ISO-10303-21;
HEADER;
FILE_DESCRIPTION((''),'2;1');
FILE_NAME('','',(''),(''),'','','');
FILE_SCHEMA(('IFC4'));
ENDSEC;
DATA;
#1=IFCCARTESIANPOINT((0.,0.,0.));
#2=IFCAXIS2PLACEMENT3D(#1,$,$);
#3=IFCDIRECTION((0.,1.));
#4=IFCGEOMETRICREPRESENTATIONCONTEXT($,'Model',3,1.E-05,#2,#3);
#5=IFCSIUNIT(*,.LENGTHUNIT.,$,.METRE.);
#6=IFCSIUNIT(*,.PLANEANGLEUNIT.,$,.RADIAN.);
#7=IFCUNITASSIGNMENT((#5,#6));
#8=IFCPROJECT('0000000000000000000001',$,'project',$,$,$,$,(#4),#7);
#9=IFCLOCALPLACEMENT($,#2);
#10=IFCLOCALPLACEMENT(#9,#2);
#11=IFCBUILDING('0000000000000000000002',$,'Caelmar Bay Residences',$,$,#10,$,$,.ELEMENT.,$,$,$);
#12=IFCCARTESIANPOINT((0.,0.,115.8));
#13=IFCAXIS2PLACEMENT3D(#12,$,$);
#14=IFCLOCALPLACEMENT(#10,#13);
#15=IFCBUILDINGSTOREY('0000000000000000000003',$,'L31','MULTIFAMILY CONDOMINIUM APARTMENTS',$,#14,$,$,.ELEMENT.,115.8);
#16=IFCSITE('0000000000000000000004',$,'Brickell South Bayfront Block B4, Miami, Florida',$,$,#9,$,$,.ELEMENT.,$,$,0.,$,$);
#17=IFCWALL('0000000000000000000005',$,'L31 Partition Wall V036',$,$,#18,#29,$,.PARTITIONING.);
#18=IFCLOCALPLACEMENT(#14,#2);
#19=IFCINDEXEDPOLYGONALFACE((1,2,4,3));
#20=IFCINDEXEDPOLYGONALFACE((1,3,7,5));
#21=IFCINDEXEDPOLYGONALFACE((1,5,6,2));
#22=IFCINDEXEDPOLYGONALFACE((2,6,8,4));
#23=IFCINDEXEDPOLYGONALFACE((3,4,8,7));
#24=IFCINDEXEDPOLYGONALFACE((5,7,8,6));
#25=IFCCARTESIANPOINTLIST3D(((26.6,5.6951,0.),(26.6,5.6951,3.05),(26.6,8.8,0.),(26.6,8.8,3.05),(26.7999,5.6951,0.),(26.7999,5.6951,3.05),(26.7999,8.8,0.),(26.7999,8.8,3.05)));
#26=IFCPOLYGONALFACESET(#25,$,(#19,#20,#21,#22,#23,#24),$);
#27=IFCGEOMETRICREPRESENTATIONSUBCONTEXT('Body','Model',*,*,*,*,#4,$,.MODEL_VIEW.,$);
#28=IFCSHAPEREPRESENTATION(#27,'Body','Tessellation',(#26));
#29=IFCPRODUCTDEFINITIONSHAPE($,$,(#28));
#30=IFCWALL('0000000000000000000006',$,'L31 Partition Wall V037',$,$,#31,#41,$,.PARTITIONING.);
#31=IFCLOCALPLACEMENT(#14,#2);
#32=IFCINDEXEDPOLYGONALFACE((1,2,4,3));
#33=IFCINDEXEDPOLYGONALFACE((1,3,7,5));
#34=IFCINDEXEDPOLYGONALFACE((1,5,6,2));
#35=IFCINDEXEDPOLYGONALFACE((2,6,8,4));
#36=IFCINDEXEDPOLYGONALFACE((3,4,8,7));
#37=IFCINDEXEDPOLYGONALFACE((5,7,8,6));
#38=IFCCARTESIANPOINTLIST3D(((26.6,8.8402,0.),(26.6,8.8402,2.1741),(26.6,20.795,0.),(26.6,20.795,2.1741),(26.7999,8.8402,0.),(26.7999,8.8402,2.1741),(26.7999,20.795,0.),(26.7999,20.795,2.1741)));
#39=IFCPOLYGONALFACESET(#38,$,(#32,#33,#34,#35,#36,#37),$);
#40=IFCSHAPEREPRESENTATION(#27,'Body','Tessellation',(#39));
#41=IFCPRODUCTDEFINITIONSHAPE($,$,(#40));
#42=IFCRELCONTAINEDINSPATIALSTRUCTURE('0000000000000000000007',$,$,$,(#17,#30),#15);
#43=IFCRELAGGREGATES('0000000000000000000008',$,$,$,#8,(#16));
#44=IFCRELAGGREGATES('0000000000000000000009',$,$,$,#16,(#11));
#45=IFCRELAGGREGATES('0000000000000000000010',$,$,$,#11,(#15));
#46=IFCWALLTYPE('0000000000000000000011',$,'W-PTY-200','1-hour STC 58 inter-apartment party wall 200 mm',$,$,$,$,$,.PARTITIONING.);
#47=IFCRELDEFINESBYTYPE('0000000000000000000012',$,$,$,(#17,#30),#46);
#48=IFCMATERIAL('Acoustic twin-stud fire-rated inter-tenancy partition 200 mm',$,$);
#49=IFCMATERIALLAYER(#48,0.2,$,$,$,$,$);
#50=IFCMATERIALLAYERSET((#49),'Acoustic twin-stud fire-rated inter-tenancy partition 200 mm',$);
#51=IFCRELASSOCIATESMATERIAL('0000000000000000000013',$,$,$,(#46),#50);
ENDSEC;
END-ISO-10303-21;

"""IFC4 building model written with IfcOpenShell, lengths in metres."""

from ifc_helpers import new_model, si_unit, direction, frame, frame_2d, origin, place, context, subcontext, project, spatial, rectangle, extrude, material, layer, layer_set, type_object, element, save


model = new_model("IFC4")

# Units and contexts
model_context = context("Model", 3, precision=1e-05, world=origin(), true_north=direction((0.0, 1.0)))
body_context = subcontext(model_context, "Body", "Model", "MODEL_VIEW")
ifc_project = project(units=[si_unit("LENGTHUNIT", "METRE"), si_unit("PLANEANGLEUNIT", "RADIAN")], contexts=[model_context])

# Site, building, storey
site_placement = place(None, origin())
site = spatial("IfcSite", under=ifc_project, at=site_placement, Name="Brickell South Bayfront Block B4, Miami, Florida", CompositionType="ELEMENT", RefElevation=0.0)
building_placement = place(site_placement, origin())
building = spatial("IfcBuilding", under=site, at=building_placement, Name="Caelmar Bay Residences", CompositionType="ELEMENT")
storey_placement = place(building_placement, frame((0.0, 0.0, 115.8)))
storey = spatial("IfcBuildingStorey", under=building, at=storey_placement, Name="L31", Description="MULTIFAMILY CONDOMINIUM APARTMENTS", CompositionType="ELEMENT", Elevation=115.8)

# Walls
ifc_material_1 = material(Name="Acoustic twin-stud fire-rated inter-tenancy partition 200 mm")
ifc_layer_1 = layer(ifc_material_1, 0.2)
ifc_layer_set_1 = layer_set([ifc_layer_1], Name="Acoustic twin-stud fire-rated inter-tenancy partition 200 mm")
wall_type_1 = type_object("IfcWallType", Name="W-PTY-200", Description="1-hour STC 58 inter-apartment party wall 200 mm", PredefinedType="PARTITIONING", material=ifc_layer_set_1)
wall_1_placement = place(storey_placement, frame((26.7, 5.6951, 0.0), z_axis=(0.0, 0.0, 1.0), x_axis=(0.0, 1.0, 0.0)))
element("IfcWall", 1, at=wall_1_placement, inside=storey, type_object=wall_type_1, Name="L31 Partition Wall V036", PredefinedType="PARTITIONING", context=body_context, shape_type="SweptSolid", body=[
    extrude(rectangle(XDim=3.105, YDim=0.2, at=frame_2d((1.5525, 0.0))), origin(), (0.0, 0.0, 1.0), 3.05),
])
wall_2_placement = place(storey_placement, frame((26.7, 8.8401, 0.0), z_axis=(0.0, 0.0, 1.0), x_axis=(0.0, 1.0, 0.0)))
element("IfcWall", 2, at=wall_2_placement, inside=storey, type_object=wall_type_1, Name="L31 Partition Wall V037", PredefinedType="PARTITIONING", context=body_context, shape_type="SweptSolid", body=[
    extrude(rectangle(XDim=11.9548, YDim=0.2, at=frame_2d((5.9775, 0.0))), origin(), (0.0, 0.0, 1.0), 2.1741),
])

save(model, "model.ifc")
